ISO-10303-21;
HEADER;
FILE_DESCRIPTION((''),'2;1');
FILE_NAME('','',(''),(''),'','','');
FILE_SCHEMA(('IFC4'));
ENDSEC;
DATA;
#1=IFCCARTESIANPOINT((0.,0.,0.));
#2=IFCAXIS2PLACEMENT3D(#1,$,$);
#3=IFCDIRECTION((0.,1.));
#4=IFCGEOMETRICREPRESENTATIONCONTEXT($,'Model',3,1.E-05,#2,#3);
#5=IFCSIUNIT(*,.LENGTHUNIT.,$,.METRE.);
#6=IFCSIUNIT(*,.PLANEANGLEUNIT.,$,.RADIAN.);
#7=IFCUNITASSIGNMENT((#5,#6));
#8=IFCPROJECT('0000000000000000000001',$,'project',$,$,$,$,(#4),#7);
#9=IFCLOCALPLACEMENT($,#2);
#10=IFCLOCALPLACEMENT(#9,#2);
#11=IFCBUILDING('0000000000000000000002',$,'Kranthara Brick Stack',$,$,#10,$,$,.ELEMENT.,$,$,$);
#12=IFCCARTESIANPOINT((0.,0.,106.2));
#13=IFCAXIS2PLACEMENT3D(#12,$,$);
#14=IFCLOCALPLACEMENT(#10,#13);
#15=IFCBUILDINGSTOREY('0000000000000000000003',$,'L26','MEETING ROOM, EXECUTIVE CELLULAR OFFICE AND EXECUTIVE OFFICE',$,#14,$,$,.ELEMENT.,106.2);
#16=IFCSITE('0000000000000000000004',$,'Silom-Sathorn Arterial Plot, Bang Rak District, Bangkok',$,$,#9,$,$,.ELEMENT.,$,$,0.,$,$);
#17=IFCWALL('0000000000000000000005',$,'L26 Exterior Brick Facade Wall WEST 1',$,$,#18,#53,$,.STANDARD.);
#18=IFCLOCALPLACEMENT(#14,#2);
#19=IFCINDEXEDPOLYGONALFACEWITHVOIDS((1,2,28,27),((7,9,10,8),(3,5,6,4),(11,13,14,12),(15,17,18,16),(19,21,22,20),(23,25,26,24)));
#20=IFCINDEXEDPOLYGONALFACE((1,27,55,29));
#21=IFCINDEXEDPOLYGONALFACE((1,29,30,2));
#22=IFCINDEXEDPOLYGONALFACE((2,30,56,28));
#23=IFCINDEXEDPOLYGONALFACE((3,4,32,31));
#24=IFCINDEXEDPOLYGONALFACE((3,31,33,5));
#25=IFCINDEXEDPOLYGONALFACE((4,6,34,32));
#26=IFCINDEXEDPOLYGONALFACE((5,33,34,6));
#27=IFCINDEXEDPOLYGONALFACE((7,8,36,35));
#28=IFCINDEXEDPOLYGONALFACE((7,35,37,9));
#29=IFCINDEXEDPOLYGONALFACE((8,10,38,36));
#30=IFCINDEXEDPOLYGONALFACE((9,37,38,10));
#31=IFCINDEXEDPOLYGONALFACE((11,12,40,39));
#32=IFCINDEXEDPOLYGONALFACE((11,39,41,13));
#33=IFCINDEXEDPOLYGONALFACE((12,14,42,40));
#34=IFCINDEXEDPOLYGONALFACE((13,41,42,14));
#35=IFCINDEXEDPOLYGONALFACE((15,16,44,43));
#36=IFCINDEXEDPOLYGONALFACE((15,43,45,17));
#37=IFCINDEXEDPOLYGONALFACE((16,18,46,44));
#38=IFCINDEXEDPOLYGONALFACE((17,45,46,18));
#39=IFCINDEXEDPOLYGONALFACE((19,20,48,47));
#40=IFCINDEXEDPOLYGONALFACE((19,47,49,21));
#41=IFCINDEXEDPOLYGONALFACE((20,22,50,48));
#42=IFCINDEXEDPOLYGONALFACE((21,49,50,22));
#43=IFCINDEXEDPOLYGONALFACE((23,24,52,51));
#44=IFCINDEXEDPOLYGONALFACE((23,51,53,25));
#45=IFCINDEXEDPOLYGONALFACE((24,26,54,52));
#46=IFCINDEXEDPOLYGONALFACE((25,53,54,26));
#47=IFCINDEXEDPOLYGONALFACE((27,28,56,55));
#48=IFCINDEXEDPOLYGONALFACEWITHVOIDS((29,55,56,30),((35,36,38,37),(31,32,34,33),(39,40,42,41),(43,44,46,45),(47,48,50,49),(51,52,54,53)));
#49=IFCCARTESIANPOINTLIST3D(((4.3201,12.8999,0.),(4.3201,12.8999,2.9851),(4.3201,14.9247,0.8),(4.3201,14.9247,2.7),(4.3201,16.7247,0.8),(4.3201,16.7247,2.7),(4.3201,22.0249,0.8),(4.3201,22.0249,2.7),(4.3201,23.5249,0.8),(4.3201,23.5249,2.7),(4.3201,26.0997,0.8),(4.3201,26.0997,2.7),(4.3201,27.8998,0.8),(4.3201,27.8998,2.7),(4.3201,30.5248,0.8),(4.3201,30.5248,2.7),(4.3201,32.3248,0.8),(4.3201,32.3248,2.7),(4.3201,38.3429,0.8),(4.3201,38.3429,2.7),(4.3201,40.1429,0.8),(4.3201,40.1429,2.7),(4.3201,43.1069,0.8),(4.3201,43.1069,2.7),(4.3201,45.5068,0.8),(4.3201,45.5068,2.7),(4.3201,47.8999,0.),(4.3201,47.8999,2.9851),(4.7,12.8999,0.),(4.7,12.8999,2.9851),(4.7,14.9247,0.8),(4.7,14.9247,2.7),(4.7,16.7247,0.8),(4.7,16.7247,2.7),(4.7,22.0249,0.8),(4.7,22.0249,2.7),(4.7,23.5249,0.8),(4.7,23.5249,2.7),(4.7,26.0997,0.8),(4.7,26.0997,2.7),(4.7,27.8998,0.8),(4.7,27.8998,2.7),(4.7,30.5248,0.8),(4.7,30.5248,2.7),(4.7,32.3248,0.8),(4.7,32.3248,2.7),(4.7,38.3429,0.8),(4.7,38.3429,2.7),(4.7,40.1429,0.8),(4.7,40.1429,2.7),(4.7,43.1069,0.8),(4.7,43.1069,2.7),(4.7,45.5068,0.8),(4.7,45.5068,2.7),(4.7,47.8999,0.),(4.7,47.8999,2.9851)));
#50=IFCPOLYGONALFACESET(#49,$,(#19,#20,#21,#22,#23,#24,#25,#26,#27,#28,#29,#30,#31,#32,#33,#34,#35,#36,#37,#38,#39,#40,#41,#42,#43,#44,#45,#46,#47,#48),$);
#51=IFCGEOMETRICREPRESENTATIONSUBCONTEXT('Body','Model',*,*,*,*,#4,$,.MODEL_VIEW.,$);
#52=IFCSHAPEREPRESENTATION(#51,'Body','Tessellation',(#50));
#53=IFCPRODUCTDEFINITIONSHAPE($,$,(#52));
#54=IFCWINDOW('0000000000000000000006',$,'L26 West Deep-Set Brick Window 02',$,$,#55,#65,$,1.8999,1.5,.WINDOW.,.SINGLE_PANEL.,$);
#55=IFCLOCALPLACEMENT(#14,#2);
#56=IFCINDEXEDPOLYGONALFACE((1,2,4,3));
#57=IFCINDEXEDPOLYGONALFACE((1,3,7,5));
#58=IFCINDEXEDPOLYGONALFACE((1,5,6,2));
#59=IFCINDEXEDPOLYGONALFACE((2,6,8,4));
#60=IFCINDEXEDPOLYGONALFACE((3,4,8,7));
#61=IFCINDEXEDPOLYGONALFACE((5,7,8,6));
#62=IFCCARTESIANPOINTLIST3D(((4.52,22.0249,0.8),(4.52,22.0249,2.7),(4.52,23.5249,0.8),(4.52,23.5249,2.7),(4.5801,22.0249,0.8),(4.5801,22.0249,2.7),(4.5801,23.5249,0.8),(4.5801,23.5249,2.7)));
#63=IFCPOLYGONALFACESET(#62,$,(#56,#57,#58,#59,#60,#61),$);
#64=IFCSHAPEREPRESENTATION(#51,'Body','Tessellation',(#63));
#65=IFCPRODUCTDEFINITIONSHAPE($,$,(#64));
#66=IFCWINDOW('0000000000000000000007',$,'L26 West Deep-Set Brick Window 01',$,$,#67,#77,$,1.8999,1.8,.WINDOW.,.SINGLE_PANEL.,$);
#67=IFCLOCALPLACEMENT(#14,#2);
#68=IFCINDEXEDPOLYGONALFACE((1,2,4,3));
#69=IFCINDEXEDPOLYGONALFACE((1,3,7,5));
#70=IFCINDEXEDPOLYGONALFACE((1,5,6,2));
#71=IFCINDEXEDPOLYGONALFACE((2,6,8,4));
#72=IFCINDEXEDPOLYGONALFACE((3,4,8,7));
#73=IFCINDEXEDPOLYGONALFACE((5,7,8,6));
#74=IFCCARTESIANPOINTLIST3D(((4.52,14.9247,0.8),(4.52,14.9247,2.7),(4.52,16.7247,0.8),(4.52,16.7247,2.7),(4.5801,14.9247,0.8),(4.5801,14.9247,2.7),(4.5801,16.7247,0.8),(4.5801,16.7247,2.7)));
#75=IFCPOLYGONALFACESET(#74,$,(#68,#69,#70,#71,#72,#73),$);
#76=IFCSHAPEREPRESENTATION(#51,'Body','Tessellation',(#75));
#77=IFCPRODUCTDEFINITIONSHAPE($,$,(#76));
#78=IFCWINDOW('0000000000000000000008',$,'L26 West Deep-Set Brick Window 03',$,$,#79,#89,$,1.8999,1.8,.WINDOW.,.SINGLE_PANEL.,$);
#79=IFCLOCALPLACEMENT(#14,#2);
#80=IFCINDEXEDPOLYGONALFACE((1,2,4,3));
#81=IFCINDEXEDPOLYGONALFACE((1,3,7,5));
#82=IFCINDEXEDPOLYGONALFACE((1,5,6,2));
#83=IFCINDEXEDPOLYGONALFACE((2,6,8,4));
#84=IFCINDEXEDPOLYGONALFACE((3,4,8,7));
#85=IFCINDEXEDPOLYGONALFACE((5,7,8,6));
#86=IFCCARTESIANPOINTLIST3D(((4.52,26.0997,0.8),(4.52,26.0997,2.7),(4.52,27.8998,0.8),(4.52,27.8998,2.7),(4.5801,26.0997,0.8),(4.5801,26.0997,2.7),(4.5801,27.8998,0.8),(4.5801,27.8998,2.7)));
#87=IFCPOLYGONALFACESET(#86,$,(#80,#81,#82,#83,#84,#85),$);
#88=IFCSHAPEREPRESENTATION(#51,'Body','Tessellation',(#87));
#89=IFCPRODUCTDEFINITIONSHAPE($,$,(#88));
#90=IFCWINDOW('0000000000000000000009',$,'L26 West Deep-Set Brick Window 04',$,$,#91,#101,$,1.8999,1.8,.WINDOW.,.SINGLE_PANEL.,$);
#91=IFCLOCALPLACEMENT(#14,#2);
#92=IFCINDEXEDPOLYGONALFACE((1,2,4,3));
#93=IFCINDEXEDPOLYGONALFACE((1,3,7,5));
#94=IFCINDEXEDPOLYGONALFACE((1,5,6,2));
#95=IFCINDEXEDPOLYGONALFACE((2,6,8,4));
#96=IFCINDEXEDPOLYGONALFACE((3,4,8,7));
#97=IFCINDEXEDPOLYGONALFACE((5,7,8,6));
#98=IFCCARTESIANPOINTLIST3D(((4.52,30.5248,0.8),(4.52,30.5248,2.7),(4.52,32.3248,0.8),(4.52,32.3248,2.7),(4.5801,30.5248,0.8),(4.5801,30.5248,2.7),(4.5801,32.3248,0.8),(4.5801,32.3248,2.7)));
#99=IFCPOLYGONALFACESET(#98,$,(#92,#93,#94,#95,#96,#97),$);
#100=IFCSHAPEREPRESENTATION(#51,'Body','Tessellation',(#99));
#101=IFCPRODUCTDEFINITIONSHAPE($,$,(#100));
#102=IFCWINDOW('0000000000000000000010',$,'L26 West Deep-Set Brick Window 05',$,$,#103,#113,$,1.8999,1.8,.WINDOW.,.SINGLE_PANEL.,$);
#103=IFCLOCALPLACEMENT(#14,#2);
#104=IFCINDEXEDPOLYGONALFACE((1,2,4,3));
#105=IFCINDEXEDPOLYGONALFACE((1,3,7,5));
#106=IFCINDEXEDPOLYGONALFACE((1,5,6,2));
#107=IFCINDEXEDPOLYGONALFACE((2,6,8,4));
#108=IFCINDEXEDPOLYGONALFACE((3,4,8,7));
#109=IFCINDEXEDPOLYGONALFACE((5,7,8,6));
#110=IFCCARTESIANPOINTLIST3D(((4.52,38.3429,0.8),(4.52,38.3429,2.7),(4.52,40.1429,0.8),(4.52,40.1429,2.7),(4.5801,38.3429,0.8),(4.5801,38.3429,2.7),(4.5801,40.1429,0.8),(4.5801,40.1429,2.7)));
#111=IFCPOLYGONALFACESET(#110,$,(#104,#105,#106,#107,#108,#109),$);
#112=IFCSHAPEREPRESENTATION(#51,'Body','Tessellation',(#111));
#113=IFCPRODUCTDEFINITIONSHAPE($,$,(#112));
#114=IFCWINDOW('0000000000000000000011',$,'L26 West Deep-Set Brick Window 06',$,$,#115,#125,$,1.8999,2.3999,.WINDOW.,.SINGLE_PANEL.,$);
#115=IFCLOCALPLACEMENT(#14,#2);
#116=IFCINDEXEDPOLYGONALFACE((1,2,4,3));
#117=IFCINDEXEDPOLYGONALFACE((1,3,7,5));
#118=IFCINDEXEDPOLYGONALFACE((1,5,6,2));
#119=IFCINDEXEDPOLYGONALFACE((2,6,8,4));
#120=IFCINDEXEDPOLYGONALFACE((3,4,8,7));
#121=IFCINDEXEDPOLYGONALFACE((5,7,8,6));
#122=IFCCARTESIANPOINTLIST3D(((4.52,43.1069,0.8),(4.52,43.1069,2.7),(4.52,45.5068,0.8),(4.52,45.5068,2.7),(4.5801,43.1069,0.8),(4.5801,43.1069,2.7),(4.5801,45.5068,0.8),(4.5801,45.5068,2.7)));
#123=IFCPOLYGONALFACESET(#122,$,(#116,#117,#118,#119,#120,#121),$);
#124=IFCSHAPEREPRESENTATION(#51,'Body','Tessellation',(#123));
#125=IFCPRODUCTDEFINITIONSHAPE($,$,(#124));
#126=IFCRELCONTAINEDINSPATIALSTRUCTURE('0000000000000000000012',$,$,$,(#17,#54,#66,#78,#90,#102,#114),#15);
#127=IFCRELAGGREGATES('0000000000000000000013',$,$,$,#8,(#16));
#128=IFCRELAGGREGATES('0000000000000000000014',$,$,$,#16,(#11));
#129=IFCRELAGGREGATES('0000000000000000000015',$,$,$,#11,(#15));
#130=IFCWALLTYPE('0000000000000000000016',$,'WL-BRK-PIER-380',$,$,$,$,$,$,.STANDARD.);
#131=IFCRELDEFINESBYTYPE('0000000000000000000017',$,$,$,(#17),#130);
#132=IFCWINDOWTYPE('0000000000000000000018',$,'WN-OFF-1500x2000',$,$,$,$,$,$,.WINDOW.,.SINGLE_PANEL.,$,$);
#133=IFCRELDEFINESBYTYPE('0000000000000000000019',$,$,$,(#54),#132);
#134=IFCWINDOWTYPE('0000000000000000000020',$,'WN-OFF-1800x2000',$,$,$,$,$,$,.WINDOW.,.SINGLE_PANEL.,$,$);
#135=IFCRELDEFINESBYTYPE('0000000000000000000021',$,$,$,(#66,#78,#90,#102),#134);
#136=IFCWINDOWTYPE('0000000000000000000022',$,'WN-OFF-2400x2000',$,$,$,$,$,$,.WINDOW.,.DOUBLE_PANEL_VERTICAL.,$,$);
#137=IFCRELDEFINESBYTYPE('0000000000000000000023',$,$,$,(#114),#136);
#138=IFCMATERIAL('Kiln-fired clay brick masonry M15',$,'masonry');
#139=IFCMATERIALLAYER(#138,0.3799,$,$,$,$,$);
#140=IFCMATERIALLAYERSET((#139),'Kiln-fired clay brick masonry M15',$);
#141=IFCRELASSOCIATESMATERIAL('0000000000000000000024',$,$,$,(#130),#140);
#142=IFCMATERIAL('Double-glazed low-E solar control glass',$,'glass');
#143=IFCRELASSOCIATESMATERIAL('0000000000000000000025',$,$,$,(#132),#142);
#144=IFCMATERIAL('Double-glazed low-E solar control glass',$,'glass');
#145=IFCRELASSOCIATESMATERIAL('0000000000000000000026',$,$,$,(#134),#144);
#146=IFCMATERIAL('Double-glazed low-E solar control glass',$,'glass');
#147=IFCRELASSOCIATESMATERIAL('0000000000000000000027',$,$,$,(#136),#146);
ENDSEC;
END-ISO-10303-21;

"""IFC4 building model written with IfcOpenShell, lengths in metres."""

from ifc_helpers import new_model, si_unit, direction, frame, frame_2d, origin, place, context, subcontext, project, spatial, rectangle, extrude, material, layer, layer_set, type_object, element, fill, save


model = new_model("IFC4")

# Units and contexts
model_context = context("Model", 3, precision=1e-05, world=origin(), true_north=direction((0.0, 1.0)))
body_context = subcontext(model_context, "Body", "Model", "MODEL_VIEW")
ifc_project = project(units=[si_unit("LENGTHUNIT", "METRE"), si_unit("PLANEANGLEUNIT", "RADIAN")], contexts=[model_context])

# Site, building, storey
site_placement = place(None, origin())
site = spatial("IfcSite", under=ifc_project, at=site_placement, Name="Silom-Sathorn Arterial Plot, Bang Rak District, Bangkok", CompositionType="ELEMENT", RefElevation=0.0)
building_placement = place(site_placement, origin())
building = spatial("IfcBuilding", under=site, at=building_placement, Name="Kranthara Brick Stack", CompositionType="ELEMENT")
storey_placement = place(building_placement, frame((0.0, 0.0, 106.2)))
storey = spatial("IfcBuildingStorey", under=building, at=storey_placement, Name="L26", Description="MEETING ROOM, EXECUTIVE CELLULAR OFFICE AND EXECUTIVE OFFICE", CompositionType="ELEMENT", Elevation=106.2)

# Wall, openings, windows
ifc_material_1 = material(Name="Kiln-fired clay brick masonry M15", Category="masonry")
ifc_layer_1 = layer(ifc_material_1, 0.3799)
ifc_layer_set_1 = layer_set([ifc_layer_1], Name="Kiln-fired clay brick masonry M15")
wall_type_1 = type_object("IfcWallType", Name="WL-BRK-PIER-380", PredefinedType="STANDARD", material=ifc_layer_set_1)
wall_1_placement = place(storey_placement, frame((4.51, 12.8999, 0.0), z_axis=(0.0, 0.0, 1.0), x_axis=(0.0, 1.0, 0.0)))
wall_1 = element("IfcWall", 1, at=wall_1_placement, inside=storey, type_object=wall_type_1, Name="L26 Exterior Brick Facade Wall WEST 1", PredefinedType="STANDARD", context=body_context, shape_type="SweptSolid", body=[
    extrude(rectangle(XDim=35.0, YDim=0.3799, at=frame_2d((17.5, 0.0))), origin(), (0.0, 0.0, 1.0), 2.9851),
])
opening_1_placement = place(wall_1_placement, frame((2.0249, 0.0, 0.8)))
opening_1 = element("IfcOpeningElement", 2, at=opening_1_placement, cuts=wall_1, PredefinedType="OPENING", context=body_context, shape_type="SweptSolid", body=[
    extrude(rectangle(XDim=1.8, YDim=1.8999, at=frame_2d((0.8999, 0.95))), frame((0.0, 0.2, 0.0), z_axis=(0.0, -1.0, 0.0), x_axis=(1.0, 0.0, 0.0)), (0.0, 0.0, 1.0), 0.3999),
])
opening_2_placement = place(wall_1_placement, frame((9.125, 0.0, 0.8)))
opening_2 = element("IfcOpeningElement", 3, at=opening_2_placement, cuts=wall_1, PredefinedType="OPENING", context=body_context, shape_type="SweptSolid", body=[
    extrude(rectangle(XDim=1.5, YDim=1.8999, at=frame_2d((0.75, 0.95))), frame((0.0, 0.2, 0.0), z_axis=(0.0, -1.0, 0.0), x_axis=(1.0, 0.0, 0.0)), (0.0, 0.0, 1.0), 0.3999),
])
opening_3_placement = place(wall_1_placement, frame((13.2, 0.0, 0.8)))
opening_3 = element("IfcOpeningElement", 4, at=opening_3_placement, cuts=wall_1, PredefinedType="OPENING", context=body_context, shape_type="SweptSolid", body=[
    extrude(rectangle(XDim=1.8, YDim=1.8999, at=frame_2d((0.8999, 0.95))), frame((0.0, 0.2, 0.0), z_axis=(0.0, -1.0, 0.0), x_axis=(1.0, 0.0, 0.0)), (0.0, 0.0, 1.0), 0.3999),
])
opening_4_placement = place(wall_1_placement, frame((17.625, 0.0, 0.8)))
opening_4 = element("IfcOpeningElement", 5, at=opening_4_placement, cuts=wall_1, PredefinedType="OPENING", context=body_context, shape_type="SweptSolid", body=[
    extrude(rectangle(XDim=1.8, YDim=1.8999, at=frame_2d((0.8999, 0.95))), frame((0.0, 0.2, 0.0), z_axis=(0.0, -1.0, 0.0), x_axis=(1.0, 0.0, 0.0)), (0.0, 0.0, 1.0), 0.3999),
])
opening_5_placement = place(wall_1_placement, frame((25.4431, 0.0, 0.8)))
opening_5 = element("IfcOpeningElement", 6, at=opening_5_placement, cuts=wall_1, PredefinedType="OPENING", context=body_context, shape_type="SweptSolid", body=[
    extrude(rectangle(XDim=1.8, YDim=1.8999, at=frame_2d((0.8999, 0.95))), frame((0.0, 0.2, 0.0), z_axis=(0.0, -1.0, 0.0), x_axis=(1.0, 0.0, 0.0)), (0.0, 0.0, 1.0), 0.3999),
])
opening_6_placement = place(wall_1_placement, frame((30.207, 0.0, 0.8)))
opening_6 = element("IfcOpeningElement", 7, at=opening_6_placement, cuts=wall_1, PredefinedType="OPENING", context=body_context, shape_type="SweptSolid", body=[
    extrude(rectangle(XDim=2.3999, YDim=1.8999, at=frame_2d((1.2, 0.95))), frame((0.0, 0.2, 0.0), z_axis=(0.0, -1.0, 0.0), x_axis=(1.0, 0.0, 0.0)), (0.0, 0.0, 1.0), 0.3999),
])
ifc_material_2 = material(Name="Double-glazed low-E solar control glass", Category="glass")
window_type_1 = type_object("IfcWindowType", Name="WN-OFF-1500x2000", PartitioningType="SINGLE_PANEL", PredefinedType="WINDOW", material=ifc_material_2)
window_1_placement = place(opening_2_placement, origin())
window_1 = element("IfcWindow", 8, at=window_1_placement, inside=storey, type_object=window_type_1, Name="L26 West Deep-Set Brick Window 02", OverallHeight=1.8999, OverallWidth=1.5, PartitioningType="SINGLE_PANEL", PredefinedType="WINDOW", context=body_context, shape_type="SweptSolid", body=[
    extrude(rectangle(XDim=1.5, YDim=1.8999, at=frame_2d((0.75, 0.95))), frame((0.0, -0.01, 0.0), z_axis=(0.0, -1.0, 0.0), x_axis=(1.0, 0.0, 0.0)), (0.0, 0.0, 1.0), 0.0601),
])
fill(opening_2, window_1)
ifc_material_3 = material(Name="Double-glazed low-E solar control glass", Category="glass")
window_type_2 = type_object("IfcWindowType", Name="WN-OFF-1800x2000", PartitioningType="SINGLE_PANEL", PredefinedType="WINDOW", material=ifc_material_3)
window_2_placement = place(opening_1_placement, origin())
window_2 = element("IfcWindow", 9, at=window_2_placement, inside=storey, type_object=window_type_2, Name="L26 West Deep-Set Brick Window 01", OverallHeight=1.8999, OverallWidth=1.8, PartitioningType="SINGLE_PANEL", PredefinedType="WINDOW", context=body_context, shape_type="SweptSolid", body=[
    extrude(rectangle(XDim=1.8, YDim=1.8999, at=frame_2d((0.8999, 0.95))), frame((0.0, -0.01, 0.0), z_axis=(0.0, -1.0, 0.0), x_axis=(1.0, 0.0, 0.0)), (0.0, 0.0, 1.0), 0.0601),
])
fill(opening_1, window_2)
window_3_placement = place(opening_3_placement, origin())
window_3 = element("IfcWindow", 10, at=window_3_placement, inside=storey, type_object=window_type_2, Name="L26 West Deep-Set Brick Window 03", OverallHeight=1.8999, OverallWidth=1.8, PartitioningType="SINGLE_PANEL", PredefinedType="WINDOW", context=body_context, shape_type="SweptSolid", body=[
    extrude(rectangle(XDim=1.8, YDim=1.8999, at=frame_2d((0.8999, 0.95))), frame((0.0, -0.01, 0.0), z_axis=(0.0, -1.0, 0.0), x_axis=(1.0, 0.0, 0.0)), (0.0, 0.0, 1.0), 0.0601),
])
fill(opening_3, window_3)
window_4_placement = place(opening_4_placement, origin())
window_4 = element("IfcWindow", 11, at=window_4_placement, inside=storey, type_object=window_type_2, Name="L26 West Deep-Set Brick Window 04", OverallHeight=1.8999, OverallWidth=1.8, PartitioningType="SINGLE_PANEL", PredefinedType="WINDOW", context=body_context, shape_type="SweptSolid", body=[
    extrude(rectangle(XDim=1.8, YDim=1.8999, at=frame_2d((0.8999, 0.95))), frame((0.0, -0.01, 0.0), z_axis=(0.0, -1.0, 0.0), x_axis=(1.0, 0.0, 0.0)), (0.0, 0.0, 1.0), 0.0601),
])
fill(opening_4, window_4)
window_5_placement = place(opening_5_placement, origin())
window_5 = element("IfcWindow", 12, at=window_5_placement, inside=storey, type_object=window_type_2, Name="L26 West Deep-Set Brick Window 05", OverallHeight=1.8999, OverallWidth=1.8, PartitioningType="SINGLE_PANEL", PredefinedType="WINDOW", context=body_context, shape_type="SweptSolid", body=[
    extrude(rectangle(XDim=1.8, YDim=1.8999, at=frame_2d((0.8999, 0.95))), frame((0.0, -0.01, 0.0), z_axis=(0.0, -1.0, 0.0), x_axis=(1.0, 0.0, 0.0)), (0.0, 0.0, 1.0), 0.0601),
])
fill(opening_5, window_5)
ifc_material_4 = material(Name="Double-glazed low-E solar control glass", Category="glass")
window_type_3 = type_object("IfcWindowType", Name="WN-OFF-2400x2000", PartitioningType="DOUBLE_PANEL_VERTICAL", PredefinedType="WINDOW", material=ifc_material_4)
window_6_placement = place(opening_6_placement, origin())
window_6 = element("IfcWindow", 13, at=window_6_placement, inside=storey, type_object=window_type_3, Name="L26 West Deep-Set Brick Window 06", OverallHeight=1.8999, OverallWidth=2.3999, PartitioningType="SINGLE_PANEL", PredefinedType="WINDOW", context=body_context, shape_type="SweptSolid", body=[
    extrude(rectangle(XDim=2.3999, YDim=1.8999, at=frame_2d((1.2, 0.95))), frame((0.0, -0.01, 0.0), z_axis=(0.0, -1.0, 0.0), x_axis=(1.0, 0.0, 0.0)), (0.0, 0.0, 1.0), 0.0601),
])
fill(opening_6, window_6)

save(model, "model.ifc")
